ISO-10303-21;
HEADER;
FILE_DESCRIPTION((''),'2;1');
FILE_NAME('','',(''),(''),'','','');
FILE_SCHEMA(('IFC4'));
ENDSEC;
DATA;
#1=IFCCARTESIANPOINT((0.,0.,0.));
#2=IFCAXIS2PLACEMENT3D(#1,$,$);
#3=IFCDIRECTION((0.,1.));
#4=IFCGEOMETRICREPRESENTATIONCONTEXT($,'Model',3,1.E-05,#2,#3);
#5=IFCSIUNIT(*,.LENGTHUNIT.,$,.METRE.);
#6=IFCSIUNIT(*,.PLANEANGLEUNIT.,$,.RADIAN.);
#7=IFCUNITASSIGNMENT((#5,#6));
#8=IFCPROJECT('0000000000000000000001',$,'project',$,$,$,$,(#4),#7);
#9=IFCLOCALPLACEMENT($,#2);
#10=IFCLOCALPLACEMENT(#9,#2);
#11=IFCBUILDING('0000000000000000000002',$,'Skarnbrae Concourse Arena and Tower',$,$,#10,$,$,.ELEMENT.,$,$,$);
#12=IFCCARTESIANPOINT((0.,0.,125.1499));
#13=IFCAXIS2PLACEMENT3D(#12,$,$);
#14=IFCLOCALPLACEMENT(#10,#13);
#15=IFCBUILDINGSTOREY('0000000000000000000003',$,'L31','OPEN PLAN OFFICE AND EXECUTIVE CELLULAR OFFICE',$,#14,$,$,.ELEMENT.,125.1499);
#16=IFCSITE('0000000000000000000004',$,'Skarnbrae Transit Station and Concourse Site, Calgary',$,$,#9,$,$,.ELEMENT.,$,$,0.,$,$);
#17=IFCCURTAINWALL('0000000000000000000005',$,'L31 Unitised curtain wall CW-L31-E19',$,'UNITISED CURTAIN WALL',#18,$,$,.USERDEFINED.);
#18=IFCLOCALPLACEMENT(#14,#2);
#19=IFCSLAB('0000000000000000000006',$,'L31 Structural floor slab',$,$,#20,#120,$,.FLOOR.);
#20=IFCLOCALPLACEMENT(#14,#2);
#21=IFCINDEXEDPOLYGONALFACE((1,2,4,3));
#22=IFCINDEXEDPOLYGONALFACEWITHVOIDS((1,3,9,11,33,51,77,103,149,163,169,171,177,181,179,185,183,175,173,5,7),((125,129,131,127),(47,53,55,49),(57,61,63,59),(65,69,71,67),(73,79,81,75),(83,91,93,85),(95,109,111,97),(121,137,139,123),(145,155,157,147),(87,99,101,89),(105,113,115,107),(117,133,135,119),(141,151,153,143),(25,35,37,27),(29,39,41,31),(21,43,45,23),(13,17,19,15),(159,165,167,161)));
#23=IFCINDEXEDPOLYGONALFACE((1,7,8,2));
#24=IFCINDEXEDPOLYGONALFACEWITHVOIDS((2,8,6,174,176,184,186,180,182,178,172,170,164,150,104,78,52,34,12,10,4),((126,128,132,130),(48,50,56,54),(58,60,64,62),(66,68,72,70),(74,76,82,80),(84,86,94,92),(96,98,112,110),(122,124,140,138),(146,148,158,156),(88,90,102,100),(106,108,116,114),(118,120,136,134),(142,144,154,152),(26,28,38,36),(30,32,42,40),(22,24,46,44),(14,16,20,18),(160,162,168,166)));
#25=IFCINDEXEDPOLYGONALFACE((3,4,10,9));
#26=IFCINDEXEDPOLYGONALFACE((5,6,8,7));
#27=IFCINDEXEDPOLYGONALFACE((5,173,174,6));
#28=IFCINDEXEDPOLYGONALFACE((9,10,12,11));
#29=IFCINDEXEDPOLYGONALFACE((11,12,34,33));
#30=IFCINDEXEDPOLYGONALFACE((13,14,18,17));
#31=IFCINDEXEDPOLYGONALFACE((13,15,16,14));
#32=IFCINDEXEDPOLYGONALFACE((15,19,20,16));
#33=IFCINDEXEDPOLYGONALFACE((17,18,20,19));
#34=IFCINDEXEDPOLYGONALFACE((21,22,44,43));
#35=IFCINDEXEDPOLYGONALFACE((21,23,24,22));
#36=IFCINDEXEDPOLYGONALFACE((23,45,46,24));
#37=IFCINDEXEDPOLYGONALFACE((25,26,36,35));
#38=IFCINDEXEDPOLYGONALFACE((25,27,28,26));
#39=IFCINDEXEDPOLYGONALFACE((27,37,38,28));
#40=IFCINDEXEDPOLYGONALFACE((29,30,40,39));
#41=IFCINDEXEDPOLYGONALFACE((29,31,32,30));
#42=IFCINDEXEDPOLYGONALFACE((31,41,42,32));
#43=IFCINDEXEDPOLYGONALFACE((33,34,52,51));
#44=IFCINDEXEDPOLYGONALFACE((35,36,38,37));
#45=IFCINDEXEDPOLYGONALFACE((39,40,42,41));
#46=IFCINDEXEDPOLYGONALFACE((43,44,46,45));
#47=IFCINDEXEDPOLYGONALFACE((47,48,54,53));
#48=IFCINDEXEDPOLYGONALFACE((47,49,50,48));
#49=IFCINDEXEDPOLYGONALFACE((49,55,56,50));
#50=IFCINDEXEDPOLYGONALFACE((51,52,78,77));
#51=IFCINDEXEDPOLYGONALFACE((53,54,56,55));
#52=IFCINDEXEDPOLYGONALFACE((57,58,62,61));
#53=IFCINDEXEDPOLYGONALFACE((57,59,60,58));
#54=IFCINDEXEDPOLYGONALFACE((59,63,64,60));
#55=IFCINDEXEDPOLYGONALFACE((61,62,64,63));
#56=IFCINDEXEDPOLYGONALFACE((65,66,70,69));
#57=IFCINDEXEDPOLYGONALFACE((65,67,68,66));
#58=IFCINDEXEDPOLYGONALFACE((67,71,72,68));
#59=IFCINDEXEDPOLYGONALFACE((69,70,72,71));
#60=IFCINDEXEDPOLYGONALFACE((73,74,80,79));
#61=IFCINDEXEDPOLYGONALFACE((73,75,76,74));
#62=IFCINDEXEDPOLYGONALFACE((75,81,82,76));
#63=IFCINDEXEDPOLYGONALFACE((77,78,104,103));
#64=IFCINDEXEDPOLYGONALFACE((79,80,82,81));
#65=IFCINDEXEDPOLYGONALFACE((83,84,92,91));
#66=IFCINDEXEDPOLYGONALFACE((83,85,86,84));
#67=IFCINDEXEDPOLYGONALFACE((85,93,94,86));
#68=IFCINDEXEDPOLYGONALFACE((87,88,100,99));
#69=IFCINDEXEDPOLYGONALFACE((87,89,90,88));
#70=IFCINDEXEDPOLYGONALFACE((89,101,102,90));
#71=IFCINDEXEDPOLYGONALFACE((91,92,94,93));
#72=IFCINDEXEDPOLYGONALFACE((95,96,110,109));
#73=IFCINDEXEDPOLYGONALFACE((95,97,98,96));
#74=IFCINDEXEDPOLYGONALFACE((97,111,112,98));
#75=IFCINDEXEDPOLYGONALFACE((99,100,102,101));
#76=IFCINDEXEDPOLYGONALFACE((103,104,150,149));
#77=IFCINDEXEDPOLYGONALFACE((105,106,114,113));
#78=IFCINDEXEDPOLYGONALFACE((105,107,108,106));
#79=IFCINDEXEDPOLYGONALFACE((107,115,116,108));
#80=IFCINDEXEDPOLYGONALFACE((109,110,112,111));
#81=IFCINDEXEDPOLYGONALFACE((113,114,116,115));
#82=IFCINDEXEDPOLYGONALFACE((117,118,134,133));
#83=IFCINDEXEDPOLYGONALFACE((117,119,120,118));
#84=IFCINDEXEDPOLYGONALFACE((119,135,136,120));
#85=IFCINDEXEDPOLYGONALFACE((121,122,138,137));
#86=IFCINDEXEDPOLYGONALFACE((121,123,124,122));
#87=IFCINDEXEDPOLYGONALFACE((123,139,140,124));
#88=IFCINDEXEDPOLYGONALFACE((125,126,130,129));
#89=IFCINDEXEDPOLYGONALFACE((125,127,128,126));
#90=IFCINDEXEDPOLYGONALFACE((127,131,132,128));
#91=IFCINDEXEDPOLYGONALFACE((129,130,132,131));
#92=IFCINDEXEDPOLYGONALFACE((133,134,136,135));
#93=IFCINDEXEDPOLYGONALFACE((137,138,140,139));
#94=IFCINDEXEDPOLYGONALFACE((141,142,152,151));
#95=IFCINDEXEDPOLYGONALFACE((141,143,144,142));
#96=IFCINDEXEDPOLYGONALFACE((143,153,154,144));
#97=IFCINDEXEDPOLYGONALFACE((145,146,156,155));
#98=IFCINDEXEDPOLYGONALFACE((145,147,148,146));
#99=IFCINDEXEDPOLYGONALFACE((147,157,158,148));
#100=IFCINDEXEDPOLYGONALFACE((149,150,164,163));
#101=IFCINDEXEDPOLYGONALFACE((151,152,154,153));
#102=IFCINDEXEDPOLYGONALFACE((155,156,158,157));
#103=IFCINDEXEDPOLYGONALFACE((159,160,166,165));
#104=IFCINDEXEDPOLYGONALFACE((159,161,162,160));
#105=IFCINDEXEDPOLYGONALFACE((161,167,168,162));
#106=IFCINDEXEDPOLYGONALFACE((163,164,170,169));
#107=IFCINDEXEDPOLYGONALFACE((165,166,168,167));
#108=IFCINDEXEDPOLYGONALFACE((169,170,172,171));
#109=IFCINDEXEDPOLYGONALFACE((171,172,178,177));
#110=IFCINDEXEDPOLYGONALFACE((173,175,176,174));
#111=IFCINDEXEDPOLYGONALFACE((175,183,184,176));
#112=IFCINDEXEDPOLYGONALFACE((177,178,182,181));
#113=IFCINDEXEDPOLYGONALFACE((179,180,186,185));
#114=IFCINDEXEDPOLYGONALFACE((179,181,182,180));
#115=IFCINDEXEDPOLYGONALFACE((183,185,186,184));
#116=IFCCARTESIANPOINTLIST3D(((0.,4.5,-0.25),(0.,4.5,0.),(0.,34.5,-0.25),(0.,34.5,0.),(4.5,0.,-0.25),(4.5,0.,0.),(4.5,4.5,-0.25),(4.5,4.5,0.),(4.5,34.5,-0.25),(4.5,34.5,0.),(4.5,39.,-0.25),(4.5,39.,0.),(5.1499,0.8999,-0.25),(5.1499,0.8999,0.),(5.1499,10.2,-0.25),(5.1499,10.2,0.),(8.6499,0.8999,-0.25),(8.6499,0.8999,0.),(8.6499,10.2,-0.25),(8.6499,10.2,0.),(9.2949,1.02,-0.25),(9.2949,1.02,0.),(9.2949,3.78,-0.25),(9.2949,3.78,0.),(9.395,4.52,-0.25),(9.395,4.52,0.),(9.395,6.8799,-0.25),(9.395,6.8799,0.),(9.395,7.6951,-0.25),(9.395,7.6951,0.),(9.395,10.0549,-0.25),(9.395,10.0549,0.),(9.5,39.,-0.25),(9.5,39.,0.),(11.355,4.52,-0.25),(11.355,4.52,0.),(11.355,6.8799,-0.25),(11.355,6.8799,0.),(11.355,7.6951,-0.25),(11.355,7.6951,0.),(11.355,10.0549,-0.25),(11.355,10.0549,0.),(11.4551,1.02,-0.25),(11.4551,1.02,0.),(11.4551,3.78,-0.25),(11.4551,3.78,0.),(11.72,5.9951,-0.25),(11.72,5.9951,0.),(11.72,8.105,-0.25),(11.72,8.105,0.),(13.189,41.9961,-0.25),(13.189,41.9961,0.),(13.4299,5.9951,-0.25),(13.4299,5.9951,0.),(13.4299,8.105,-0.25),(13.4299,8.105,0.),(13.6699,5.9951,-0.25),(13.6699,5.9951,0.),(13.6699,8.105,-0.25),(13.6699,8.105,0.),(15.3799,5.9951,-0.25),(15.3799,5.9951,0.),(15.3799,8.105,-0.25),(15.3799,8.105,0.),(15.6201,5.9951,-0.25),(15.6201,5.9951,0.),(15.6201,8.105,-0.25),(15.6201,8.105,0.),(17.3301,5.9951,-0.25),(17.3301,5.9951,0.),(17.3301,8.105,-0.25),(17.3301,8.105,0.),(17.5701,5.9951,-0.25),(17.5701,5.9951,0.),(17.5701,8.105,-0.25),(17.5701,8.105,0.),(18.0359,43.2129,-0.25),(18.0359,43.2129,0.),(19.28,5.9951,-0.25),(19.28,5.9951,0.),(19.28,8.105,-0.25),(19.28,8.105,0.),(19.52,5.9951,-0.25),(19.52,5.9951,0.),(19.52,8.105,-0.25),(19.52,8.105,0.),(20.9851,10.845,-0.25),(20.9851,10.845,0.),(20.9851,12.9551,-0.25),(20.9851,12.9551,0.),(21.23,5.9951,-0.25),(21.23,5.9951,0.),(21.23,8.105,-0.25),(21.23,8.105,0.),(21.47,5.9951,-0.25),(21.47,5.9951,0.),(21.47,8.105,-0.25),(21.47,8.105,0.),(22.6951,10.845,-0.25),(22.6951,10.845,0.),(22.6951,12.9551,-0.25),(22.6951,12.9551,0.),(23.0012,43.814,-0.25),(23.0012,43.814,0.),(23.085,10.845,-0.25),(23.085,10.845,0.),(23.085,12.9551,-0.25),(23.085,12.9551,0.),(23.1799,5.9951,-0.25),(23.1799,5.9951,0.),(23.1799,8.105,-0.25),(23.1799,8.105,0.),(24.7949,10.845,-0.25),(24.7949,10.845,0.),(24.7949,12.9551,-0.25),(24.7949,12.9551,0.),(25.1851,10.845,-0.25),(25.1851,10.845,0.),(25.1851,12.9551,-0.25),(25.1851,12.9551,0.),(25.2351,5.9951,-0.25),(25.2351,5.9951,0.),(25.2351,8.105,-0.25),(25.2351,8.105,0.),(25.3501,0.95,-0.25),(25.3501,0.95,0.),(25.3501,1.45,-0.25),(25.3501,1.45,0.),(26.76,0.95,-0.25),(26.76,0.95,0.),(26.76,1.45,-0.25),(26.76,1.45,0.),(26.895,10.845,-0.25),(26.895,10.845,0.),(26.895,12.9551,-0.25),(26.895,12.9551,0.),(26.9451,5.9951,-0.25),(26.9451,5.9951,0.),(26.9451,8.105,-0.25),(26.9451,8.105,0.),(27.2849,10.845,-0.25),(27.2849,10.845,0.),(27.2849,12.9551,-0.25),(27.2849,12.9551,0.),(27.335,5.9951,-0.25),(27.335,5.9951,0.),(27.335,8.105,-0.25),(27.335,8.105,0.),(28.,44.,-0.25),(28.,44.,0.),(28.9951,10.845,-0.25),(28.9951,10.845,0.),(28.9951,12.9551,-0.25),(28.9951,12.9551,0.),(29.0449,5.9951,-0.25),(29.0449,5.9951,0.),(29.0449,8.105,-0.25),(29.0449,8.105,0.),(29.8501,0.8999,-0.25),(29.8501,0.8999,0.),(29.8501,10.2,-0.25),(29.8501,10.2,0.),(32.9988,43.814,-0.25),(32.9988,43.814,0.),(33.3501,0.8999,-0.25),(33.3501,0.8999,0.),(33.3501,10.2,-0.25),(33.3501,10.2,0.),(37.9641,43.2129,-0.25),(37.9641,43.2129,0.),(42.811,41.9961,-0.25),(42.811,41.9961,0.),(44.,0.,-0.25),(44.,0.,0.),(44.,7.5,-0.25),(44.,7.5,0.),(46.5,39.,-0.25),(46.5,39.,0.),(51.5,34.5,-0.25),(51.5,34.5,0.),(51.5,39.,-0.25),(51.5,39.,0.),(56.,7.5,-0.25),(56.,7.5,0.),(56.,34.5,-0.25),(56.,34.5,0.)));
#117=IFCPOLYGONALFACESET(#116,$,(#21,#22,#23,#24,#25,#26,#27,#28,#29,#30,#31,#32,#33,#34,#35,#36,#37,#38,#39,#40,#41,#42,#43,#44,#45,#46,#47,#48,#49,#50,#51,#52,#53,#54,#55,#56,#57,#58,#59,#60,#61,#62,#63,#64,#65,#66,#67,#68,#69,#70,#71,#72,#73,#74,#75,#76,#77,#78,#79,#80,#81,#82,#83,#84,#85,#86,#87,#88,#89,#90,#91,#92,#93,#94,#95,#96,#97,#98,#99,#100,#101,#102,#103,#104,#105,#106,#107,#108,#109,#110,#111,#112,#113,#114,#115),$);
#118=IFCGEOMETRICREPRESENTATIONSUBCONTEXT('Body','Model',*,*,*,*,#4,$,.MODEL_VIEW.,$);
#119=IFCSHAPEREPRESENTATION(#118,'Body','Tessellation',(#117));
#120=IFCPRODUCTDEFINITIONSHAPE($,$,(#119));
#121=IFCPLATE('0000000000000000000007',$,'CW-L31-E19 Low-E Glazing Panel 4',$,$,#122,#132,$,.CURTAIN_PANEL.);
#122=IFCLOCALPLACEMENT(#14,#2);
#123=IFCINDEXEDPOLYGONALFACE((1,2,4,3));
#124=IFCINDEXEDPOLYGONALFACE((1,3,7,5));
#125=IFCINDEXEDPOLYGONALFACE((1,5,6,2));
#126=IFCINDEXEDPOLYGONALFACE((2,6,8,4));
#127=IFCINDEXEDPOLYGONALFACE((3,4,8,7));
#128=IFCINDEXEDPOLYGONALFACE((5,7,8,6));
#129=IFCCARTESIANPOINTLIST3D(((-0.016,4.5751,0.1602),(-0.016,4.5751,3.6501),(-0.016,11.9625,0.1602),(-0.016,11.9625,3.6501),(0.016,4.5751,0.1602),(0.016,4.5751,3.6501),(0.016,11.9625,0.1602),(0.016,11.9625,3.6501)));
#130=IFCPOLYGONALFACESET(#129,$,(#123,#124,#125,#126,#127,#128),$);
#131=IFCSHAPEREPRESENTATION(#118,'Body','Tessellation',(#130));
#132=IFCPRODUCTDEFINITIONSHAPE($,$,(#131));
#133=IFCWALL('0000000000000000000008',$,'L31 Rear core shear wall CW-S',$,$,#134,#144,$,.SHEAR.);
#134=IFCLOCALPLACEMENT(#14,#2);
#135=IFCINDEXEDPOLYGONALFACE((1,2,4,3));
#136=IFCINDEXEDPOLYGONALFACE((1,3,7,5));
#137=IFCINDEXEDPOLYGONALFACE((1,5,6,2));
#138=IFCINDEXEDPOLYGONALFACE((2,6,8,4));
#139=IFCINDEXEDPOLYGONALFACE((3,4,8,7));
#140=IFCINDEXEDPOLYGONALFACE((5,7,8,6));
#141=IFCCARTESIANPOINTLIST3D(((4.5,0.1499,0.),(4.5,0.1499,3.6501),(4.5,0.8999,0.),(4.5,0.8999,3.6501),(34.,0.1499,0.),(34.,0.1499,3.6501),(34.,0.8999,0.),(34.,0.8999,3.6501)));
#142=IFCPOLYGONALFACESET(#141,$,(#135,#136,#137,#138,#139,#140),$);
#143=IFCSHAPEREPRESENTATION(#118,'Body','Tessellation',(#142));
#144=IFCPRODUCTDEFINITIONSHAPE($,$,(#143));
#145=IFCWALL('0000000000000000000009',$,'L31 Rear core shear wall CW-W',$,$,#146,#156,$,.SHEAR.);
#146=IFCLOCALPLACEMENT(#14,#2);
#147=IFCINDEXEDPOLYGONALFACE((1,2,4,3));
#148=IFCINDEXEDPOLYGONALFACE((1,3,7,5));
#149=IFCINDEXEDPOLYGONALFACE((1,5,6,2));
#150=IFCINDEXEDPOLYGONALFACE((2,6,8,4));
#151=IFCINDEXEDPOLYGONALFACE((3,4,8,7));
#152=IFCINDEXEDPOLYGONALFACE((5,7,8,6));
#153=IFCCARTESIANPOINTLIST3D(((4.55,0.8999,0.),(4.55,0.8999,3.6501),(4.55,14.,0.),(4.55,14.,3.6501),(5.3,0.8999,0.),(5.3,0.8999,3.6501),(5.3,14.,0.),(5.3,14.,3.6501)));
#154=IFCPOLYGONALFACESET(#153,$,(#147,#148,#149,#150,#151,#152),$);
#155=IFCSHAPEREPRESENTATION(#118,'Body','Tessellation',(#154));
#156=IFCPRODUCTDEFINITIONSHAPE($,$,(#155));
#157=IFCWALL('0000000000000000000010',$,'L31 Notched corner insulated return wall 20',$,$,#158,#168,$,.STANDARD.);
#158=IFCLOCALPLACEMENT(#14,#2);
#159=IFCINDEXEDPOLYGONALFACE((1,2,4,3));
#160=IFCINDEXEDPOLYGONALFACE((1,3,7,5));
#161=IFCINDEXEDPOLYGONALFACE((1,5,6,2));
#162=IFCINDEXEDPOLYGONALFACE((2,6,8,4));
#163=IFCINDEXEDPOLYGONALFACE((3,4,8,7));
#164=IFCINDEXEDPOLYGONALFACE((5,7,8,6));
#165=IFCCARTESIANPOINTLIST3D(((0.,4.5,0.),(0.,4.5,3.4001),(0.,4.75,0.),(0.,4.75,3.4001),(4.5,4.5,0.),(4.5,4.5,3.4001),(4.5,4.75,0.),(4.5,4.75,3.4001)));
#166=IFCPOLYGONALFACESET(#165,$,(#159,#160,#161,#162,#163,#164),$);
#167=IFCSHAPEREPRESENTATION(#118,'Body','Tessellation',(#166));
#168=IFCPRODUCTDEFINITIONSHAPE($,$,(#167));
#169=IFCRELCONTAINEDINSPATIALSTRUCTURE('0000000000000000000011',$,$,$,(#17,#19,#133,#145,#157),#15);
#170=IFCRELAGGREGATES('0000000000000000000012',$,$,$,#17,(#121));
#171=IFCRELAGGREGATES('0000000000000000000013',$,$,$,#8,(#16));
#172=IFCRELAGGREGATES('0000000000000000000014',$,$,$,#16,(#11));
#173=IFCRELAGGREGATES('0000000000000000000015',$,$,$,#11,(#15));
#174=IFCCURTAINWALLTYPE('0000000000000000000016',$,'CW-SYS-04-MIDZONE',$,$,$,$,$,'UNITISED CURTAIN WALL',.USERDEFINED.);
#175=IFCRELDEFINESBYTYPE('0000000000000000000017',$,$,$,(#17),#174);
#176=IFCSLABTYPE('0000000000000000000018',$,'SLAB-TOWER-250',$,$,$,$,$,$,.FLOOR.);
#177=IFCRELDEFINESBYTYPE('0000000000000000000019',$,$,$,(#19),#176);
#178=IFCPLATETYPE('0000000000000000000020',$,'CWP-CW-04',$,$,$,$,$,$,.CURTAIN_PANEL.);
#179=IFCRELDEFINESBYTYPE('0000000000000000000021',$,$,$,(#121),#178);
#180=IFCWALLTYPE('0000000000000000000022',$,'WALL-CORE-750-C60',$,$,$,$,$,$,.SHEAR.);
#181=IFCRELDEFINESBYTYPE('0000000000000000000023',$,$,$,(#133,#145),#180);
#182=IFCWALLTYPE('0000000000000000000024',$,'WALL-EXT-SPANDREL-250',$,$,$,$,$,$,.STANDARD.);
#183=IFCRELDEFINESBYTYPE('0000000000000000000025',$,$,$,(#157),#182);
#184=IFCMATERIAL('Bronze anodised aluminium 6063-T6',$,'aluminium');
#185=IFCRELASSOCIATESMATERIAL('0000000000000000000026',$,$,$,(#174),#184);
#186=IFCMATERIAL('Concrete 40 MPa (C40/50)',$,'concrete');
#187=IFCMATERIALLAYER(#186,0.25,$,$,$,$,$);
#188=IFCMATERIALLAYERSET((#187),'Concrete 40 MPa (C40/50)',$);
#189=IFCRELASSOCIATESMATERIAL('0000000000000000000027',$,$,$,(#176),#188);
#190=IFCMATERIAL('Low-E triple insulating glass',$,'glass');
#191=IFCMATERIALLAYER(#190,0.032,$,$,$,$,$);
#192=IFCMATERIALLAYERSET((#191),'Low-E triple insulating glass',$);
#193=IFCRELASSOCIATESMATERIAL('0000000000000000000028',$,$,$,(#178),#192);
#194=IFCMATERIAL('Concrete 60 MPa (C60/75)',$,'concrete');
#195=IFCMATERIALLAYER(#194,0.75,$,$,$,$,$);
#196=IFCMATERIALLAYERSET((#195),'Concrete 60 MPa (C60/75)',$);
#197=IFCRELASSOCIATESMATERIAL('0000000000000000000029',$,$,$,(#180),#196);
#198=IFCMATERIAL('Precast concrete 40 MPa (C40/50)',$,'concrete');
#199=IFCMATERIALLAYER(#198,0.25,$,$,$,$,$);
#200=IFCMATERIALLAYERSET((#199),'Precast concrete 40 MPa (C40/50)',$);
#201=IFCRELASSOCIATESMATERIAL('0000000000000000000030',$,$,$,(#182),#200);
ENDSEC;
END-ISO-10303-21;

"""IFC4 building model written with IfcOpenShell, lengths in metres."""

from ifc_helpers import new_model, si_unit, direction, frame, frame_2d, origin, origin_2d, place, context, subcontext, project, spatial, polyline, rectangle, outline, extrude, source, transform, mapped, material, layer, layer_set, type_object, element, aggregate, save


model = new_model("IFC4")

# Units and contexts
model_context = context("Model", 3, precision=1e-05, world=origin(), true_north=direction((0.0, 1.0)))
body_context = subcontext(model_context, "Body", "Model", "MODEL_VIEW")
ifc_project = project(units=[si_unit("LENGTHUNIT", "METRE"), si_unit("PLANEANGLEUNIT", "RADIAN")], contexts=[model_context])

# Site, building, storey
site_placement = place(None, origin())
site = spatial("IfcSite", under=ifc_project, at=site_placement, Name="Skarnbrae Transit Station and Concourse Site, Calgary", CompositionType="ELEMENT", RefElevation=0.0)
building_placement = place(site_placement, origin())
building = spatial("IfcBuilding", under=site, at=building_placement, Name="Skarnbrae Concourse Arena and Tower", CompositionType="ELEMENT")
storey_placement = place(building_placement, frame((0.0, 0.0, 125.1499)))
storey = spatial("IfcBuildingStorey", under=building, at=storey_placement, Name="L31", Description="OPEN PLAN OFFICE AND EXECUTIVE CELLULAR OFFICE", CompositionType="ELEMENT", Elevation=125.1499)

# Curtain wall
ifc_material_1 = material(Name="Bronze anodised aluminium 6063-T6", Category="aluminium")
curtain_wall_type = type_object("IfcCurtainWallType", Name="CW-SYS-04-MIDZONE", ElementType="UNITISED CURTAIN WALL", PredefinedType="USERDEFINED", material=ifc_material_1)
curtain_wall_placement = place(storey_placement, origin())
curtain_wall = element("IfcCurtainWall", 1, at=curtain_wall_placement, inside=storey, type_object=curtain_wall_type, Name="L31 Unitised curtain wall CW-L31-E19", ObjectType="UNITISED CURTAIN WALL", PredefinedType="USERDEFINED")

# Shared definitions
ifc_material_2 = material(Name="Concrete 40 MPa (C40/50)", Category="concrete")

# Slab
ifc_layer_1 = layer(ifc_material_2, 0.25)
ifc_layer_set_1 = layer_set([ifc_layer_1], Name="Concrete 40 MPa (C40/50)")
slab_type_1 = type_object("IfcSlabType", Name="SLAB-TOWER-250", PredefinedType="FLOOR", material=ifc_layer_set_1)
slab_1_placement = place(storey_placement, frame((0.0, 0.0, -0.25)))
element("IfcSlab", 2, at=slab_1_placement, inside=storey, type_object=slab_type_1, Name="L31 Structural floor slab", PredefinedType="FLOOR", context=body_context, shape_type="SweptSolid", body=[
    extrude(outline(polyline([(4.5, 0.0), (44.0, 0.0), (44.0, 7.5), (56.0, 7.5), (56.0, 34.5), (51.5, 34.5), (51.5, 39.0), (46.5, 39.0), (42.811, 41.9961), (37.9641, 43.2129), (32.9988, 43.814), (28.0, 44.0), (23.0012, 43.814), (18.0359, 43.2129), (13.189, 41.9961), (9.5, 39.0), (4.5, 39.0), (4.5, 34.5), (0.0, 34.5), (0.0, 4.5), (4.5, 4.5), (4.5, 0.0)]), holes=[polyline([(9.2949, 3.78), (11.4551, 3.78), (11.4551, 1.02), (9.2949, 1.02), (9.2949, 3.78)]), polyline([(8.6499, 10.2), (8.6499, 0.8999), (5.1499, 0.8999), (5.1499, 10.2), (8.6499, 10.2)]), polyline([(9.395, 6.8799), (11.355, 6.8799), (11.355, 4.52), (9.395, 4.52), (9.395, 6.8799)]), polyline([(11.72, 8.105), (13.4299, 8.105), (13.4299, 5.9951), (11.72, 5.9951), (11.72, 8.105)]), polyline([(13.6699, 8.105), (15.3799, 8.105), (15.3799, 5.9951), (13.6699, 5.9951), (13.6699, 8.105)]), polyline([(15.6201, 8.105), (17.3301, 8.105), (17.3301, 5.9951), (15.6201, 5.9951), (15.6201, 8.105)]), polyline([(17.5701, 8.105), (19.28, 8.105), (19.28, 5.9951), (17.5701, 5.9951), (17.5701, 8.105)]), polyline([(21.23, 8.105), (21.23, 5.9951), (19.52, 5.9951), (19.52, 8.105), (21.23, 8.105)]), polyline([(11.355, 10.0549), (11.355, 7.6951), (9.395, 7.6951), (9.395, 10.0549), (11.355, 10.0549)]), polyline([(25.3501, 1.45), (26.76, 1.45), (26.76, 0.95), (25.3501, 0.95), (25.3501, 1.45)]), polyline([(33.3501, 10.2), (33.3501, 0.8999), (29.8501, 0.8999), (29.8501, 10.2), (33.3501, 10.2)]), polyline([(21.47, 8.105), (23.1799, 8.105), (23.1799, 5.9951), (21.47, 5.9951), (21.47, 8.105)]), polyline([(25.2351, 8.105), (26.9451, 8.105), (26.9451, 5.9951), (25.2351, 5.9951), (25.2351, 8.105)]), polyline([(27.335, 8.105), (29.0449, 8.105), (29.0449, 5.9951), (27.335, 5.9951), (27.335, 8.105)]), polyline([(20.9851, 12.9551), (22.6951, 12.9551), (22.6951, 10.845), (20.9851, 10.845), (20.9851, 12.9551)]), polyline([(23.085, 12.9551), (24.7949, 12.9551), (24.7949, 10.845), (23.085, 10.845), (23.085, 12.9551)]), polyline([(26.895, 12.9551), (26.895, 10.845), (25.1851, 10.845), (25.1851, 12.9551), (26.895, 12.9551)]), polyline([(28.9951, 12.9551), (28.9951, 10.845), (27.2849, 10.845), (27.2849, 12.9551), (28.9951, 12.9551)])]), origin(), (0.0, 0.0, 1.0), 0.25),
])

# Plate
ifc_material_3 = material(Name="Low-E triple insulating glass", Category="glass")
ifc_layer_2 = layer(ifc_material_3, 0.032)
ifc_layer_set_2 = layer_set([ifc_layer_2], Name="Low-E triple insulating glass")
plate_type = type_object("IfcPlateType", Name="CWP-CW-04", PredefinedType="CURTAIN_PANEL", material=ifc_layer_set_2)
shared_shape_1 = source(origin(), body_context, "Body", "SweptSolid", [
    extrude(rectangle(XDim=7.3875, YDim=0.032, at=origin_2d()), origin(), (0.0, 0.0, 1.0), 3.49),
])
plate_placement = place(storey_placement, frame((0.0, 8.2688, 0.1602), z_axis=(0.0, 0.0, 1.0), x_axis=(0.0, -1.0, 0.0)))
plate = element("IfcPlate", 3, at=plate_placement, type_object=plate_type, Name="CW-L31-E19 Low-E Glazing Panel 4", PredefinedType="CURTAIN_PANEL", context=body_context, shape_type="MappedRepresentation", body=[
    mapped(shared_shape_1, transform((0.0, 0.0, 0.0))),
])
aggregate(curtain_wall, [plate])

# Walls
ifc_material_4 = material(Name="Concrete 60 MPa (C60/75)", Category="concrete")
ifc_layer_3 = layer(ifc_material_4, 0.75)
ifc_layer_set_3 = layer_set([ifc_layer_3], Name="Concrete 60 MPa (C60/75)")
wall_type_1 = type_object("IfcWallType", Name="WALL-CORE-750-C60", PredefinedType="SHEAR", material=ifc_layer_set_3)
shared_shape_2 = source(origin(), body_context, "Body", "SweptSolid", [
    extrude(rectangle(XDim=29.5, YDim=0.75, at=frame_2d((14.75, 0.0))), origin(), (0.0, 0.0, 1.0), 3.6501),
])
wall_1_placement = place(storey_placement, frame((4.5, 0.5249, 0.0), z_axis=(0.0, 0.0, 1.0), x_axis=(1.0, 0.0, 0.0)))
element("IfcWall", 4, at=wall_1_placement, inside=storey, type_object=wall_type_1, Name="L31 Rear core shear wall CW-S", PredefinedType="SHEAR", context=body_context, shape_type="MappedRepresentation", body=[
    mapped(shared_shape_2, transform((0.0, 0.0, 0.0))),
])
shared_shape_3 = source(origin(), body_context, "Body", "SweptSolid", [
    extrude(rectangle(XDim=13.1001, YDim=0.75, at=frame_2d((6.55, 0.0))), origin(), (0.0, 0.0, 1.0), 3.6501),
])
wall_2_placement = place(storey_placement, frame((4.925, 0.8999, 0.0), z_axis=(0.0, 0.0, 1.0), x_axis=(0.0, 1.0, 0.0)))
element("IfcWall", 5, at=wall_2_placement, inside=storey, type_object=wall_type_1, Name="L31 Rear core shear wall CW-W", PredefinedType="SHEAR", context=body_context, shape_type="MappedRepresentation", body=[
    mapped(shared_shape_3, transform((0.0, 0.0, 0.0))),
])
ifc_material_5 = material(Name="Precast concrete 40 MPa (C40/50)", Category="concrete")
ifc_layer_4 = layer(ifc_material_5, 0.25)
ifc_layer_set_4 = layer_set([ifc_layer_4], Name="Precast concrete 40 MPa (C40/50)")
wall_type_2 = type_object("IfcWallType", Name="WALL-EXT-SPANDREL-250", PredefinedType="STANDARD", material=ifc_layer_set_4)
shared_shape_4 = source(origin(), body_context, "Body", "SweptSolid", [
    extrude(rectangle(XDim=4.5, YDim=0.25, at=frame_2d((2.25, 0.0))), origin(), (0.0, 0.0, 1.0), 3.4001),
])
wall_3_placement = place(storey_placement, frame((0.0, 4.625, 0.0), z_axis=(0.0, 0.0, 1.0), x_axis=(1.0, 0.0, 0.0)))
element("IfcWall", 6, at=wall_3_placement, inside=storey, type_object=wall_type_2, Name="L31 Notched corner insulated return wall 20", PredefinedType="STANDARD", context=body_context, shape_type="MappedRepresentation", body=[
    mapped(shared_shape_4, transform((0.0, 0.0, 0.0))),
])

save(model, "model.ifc")
